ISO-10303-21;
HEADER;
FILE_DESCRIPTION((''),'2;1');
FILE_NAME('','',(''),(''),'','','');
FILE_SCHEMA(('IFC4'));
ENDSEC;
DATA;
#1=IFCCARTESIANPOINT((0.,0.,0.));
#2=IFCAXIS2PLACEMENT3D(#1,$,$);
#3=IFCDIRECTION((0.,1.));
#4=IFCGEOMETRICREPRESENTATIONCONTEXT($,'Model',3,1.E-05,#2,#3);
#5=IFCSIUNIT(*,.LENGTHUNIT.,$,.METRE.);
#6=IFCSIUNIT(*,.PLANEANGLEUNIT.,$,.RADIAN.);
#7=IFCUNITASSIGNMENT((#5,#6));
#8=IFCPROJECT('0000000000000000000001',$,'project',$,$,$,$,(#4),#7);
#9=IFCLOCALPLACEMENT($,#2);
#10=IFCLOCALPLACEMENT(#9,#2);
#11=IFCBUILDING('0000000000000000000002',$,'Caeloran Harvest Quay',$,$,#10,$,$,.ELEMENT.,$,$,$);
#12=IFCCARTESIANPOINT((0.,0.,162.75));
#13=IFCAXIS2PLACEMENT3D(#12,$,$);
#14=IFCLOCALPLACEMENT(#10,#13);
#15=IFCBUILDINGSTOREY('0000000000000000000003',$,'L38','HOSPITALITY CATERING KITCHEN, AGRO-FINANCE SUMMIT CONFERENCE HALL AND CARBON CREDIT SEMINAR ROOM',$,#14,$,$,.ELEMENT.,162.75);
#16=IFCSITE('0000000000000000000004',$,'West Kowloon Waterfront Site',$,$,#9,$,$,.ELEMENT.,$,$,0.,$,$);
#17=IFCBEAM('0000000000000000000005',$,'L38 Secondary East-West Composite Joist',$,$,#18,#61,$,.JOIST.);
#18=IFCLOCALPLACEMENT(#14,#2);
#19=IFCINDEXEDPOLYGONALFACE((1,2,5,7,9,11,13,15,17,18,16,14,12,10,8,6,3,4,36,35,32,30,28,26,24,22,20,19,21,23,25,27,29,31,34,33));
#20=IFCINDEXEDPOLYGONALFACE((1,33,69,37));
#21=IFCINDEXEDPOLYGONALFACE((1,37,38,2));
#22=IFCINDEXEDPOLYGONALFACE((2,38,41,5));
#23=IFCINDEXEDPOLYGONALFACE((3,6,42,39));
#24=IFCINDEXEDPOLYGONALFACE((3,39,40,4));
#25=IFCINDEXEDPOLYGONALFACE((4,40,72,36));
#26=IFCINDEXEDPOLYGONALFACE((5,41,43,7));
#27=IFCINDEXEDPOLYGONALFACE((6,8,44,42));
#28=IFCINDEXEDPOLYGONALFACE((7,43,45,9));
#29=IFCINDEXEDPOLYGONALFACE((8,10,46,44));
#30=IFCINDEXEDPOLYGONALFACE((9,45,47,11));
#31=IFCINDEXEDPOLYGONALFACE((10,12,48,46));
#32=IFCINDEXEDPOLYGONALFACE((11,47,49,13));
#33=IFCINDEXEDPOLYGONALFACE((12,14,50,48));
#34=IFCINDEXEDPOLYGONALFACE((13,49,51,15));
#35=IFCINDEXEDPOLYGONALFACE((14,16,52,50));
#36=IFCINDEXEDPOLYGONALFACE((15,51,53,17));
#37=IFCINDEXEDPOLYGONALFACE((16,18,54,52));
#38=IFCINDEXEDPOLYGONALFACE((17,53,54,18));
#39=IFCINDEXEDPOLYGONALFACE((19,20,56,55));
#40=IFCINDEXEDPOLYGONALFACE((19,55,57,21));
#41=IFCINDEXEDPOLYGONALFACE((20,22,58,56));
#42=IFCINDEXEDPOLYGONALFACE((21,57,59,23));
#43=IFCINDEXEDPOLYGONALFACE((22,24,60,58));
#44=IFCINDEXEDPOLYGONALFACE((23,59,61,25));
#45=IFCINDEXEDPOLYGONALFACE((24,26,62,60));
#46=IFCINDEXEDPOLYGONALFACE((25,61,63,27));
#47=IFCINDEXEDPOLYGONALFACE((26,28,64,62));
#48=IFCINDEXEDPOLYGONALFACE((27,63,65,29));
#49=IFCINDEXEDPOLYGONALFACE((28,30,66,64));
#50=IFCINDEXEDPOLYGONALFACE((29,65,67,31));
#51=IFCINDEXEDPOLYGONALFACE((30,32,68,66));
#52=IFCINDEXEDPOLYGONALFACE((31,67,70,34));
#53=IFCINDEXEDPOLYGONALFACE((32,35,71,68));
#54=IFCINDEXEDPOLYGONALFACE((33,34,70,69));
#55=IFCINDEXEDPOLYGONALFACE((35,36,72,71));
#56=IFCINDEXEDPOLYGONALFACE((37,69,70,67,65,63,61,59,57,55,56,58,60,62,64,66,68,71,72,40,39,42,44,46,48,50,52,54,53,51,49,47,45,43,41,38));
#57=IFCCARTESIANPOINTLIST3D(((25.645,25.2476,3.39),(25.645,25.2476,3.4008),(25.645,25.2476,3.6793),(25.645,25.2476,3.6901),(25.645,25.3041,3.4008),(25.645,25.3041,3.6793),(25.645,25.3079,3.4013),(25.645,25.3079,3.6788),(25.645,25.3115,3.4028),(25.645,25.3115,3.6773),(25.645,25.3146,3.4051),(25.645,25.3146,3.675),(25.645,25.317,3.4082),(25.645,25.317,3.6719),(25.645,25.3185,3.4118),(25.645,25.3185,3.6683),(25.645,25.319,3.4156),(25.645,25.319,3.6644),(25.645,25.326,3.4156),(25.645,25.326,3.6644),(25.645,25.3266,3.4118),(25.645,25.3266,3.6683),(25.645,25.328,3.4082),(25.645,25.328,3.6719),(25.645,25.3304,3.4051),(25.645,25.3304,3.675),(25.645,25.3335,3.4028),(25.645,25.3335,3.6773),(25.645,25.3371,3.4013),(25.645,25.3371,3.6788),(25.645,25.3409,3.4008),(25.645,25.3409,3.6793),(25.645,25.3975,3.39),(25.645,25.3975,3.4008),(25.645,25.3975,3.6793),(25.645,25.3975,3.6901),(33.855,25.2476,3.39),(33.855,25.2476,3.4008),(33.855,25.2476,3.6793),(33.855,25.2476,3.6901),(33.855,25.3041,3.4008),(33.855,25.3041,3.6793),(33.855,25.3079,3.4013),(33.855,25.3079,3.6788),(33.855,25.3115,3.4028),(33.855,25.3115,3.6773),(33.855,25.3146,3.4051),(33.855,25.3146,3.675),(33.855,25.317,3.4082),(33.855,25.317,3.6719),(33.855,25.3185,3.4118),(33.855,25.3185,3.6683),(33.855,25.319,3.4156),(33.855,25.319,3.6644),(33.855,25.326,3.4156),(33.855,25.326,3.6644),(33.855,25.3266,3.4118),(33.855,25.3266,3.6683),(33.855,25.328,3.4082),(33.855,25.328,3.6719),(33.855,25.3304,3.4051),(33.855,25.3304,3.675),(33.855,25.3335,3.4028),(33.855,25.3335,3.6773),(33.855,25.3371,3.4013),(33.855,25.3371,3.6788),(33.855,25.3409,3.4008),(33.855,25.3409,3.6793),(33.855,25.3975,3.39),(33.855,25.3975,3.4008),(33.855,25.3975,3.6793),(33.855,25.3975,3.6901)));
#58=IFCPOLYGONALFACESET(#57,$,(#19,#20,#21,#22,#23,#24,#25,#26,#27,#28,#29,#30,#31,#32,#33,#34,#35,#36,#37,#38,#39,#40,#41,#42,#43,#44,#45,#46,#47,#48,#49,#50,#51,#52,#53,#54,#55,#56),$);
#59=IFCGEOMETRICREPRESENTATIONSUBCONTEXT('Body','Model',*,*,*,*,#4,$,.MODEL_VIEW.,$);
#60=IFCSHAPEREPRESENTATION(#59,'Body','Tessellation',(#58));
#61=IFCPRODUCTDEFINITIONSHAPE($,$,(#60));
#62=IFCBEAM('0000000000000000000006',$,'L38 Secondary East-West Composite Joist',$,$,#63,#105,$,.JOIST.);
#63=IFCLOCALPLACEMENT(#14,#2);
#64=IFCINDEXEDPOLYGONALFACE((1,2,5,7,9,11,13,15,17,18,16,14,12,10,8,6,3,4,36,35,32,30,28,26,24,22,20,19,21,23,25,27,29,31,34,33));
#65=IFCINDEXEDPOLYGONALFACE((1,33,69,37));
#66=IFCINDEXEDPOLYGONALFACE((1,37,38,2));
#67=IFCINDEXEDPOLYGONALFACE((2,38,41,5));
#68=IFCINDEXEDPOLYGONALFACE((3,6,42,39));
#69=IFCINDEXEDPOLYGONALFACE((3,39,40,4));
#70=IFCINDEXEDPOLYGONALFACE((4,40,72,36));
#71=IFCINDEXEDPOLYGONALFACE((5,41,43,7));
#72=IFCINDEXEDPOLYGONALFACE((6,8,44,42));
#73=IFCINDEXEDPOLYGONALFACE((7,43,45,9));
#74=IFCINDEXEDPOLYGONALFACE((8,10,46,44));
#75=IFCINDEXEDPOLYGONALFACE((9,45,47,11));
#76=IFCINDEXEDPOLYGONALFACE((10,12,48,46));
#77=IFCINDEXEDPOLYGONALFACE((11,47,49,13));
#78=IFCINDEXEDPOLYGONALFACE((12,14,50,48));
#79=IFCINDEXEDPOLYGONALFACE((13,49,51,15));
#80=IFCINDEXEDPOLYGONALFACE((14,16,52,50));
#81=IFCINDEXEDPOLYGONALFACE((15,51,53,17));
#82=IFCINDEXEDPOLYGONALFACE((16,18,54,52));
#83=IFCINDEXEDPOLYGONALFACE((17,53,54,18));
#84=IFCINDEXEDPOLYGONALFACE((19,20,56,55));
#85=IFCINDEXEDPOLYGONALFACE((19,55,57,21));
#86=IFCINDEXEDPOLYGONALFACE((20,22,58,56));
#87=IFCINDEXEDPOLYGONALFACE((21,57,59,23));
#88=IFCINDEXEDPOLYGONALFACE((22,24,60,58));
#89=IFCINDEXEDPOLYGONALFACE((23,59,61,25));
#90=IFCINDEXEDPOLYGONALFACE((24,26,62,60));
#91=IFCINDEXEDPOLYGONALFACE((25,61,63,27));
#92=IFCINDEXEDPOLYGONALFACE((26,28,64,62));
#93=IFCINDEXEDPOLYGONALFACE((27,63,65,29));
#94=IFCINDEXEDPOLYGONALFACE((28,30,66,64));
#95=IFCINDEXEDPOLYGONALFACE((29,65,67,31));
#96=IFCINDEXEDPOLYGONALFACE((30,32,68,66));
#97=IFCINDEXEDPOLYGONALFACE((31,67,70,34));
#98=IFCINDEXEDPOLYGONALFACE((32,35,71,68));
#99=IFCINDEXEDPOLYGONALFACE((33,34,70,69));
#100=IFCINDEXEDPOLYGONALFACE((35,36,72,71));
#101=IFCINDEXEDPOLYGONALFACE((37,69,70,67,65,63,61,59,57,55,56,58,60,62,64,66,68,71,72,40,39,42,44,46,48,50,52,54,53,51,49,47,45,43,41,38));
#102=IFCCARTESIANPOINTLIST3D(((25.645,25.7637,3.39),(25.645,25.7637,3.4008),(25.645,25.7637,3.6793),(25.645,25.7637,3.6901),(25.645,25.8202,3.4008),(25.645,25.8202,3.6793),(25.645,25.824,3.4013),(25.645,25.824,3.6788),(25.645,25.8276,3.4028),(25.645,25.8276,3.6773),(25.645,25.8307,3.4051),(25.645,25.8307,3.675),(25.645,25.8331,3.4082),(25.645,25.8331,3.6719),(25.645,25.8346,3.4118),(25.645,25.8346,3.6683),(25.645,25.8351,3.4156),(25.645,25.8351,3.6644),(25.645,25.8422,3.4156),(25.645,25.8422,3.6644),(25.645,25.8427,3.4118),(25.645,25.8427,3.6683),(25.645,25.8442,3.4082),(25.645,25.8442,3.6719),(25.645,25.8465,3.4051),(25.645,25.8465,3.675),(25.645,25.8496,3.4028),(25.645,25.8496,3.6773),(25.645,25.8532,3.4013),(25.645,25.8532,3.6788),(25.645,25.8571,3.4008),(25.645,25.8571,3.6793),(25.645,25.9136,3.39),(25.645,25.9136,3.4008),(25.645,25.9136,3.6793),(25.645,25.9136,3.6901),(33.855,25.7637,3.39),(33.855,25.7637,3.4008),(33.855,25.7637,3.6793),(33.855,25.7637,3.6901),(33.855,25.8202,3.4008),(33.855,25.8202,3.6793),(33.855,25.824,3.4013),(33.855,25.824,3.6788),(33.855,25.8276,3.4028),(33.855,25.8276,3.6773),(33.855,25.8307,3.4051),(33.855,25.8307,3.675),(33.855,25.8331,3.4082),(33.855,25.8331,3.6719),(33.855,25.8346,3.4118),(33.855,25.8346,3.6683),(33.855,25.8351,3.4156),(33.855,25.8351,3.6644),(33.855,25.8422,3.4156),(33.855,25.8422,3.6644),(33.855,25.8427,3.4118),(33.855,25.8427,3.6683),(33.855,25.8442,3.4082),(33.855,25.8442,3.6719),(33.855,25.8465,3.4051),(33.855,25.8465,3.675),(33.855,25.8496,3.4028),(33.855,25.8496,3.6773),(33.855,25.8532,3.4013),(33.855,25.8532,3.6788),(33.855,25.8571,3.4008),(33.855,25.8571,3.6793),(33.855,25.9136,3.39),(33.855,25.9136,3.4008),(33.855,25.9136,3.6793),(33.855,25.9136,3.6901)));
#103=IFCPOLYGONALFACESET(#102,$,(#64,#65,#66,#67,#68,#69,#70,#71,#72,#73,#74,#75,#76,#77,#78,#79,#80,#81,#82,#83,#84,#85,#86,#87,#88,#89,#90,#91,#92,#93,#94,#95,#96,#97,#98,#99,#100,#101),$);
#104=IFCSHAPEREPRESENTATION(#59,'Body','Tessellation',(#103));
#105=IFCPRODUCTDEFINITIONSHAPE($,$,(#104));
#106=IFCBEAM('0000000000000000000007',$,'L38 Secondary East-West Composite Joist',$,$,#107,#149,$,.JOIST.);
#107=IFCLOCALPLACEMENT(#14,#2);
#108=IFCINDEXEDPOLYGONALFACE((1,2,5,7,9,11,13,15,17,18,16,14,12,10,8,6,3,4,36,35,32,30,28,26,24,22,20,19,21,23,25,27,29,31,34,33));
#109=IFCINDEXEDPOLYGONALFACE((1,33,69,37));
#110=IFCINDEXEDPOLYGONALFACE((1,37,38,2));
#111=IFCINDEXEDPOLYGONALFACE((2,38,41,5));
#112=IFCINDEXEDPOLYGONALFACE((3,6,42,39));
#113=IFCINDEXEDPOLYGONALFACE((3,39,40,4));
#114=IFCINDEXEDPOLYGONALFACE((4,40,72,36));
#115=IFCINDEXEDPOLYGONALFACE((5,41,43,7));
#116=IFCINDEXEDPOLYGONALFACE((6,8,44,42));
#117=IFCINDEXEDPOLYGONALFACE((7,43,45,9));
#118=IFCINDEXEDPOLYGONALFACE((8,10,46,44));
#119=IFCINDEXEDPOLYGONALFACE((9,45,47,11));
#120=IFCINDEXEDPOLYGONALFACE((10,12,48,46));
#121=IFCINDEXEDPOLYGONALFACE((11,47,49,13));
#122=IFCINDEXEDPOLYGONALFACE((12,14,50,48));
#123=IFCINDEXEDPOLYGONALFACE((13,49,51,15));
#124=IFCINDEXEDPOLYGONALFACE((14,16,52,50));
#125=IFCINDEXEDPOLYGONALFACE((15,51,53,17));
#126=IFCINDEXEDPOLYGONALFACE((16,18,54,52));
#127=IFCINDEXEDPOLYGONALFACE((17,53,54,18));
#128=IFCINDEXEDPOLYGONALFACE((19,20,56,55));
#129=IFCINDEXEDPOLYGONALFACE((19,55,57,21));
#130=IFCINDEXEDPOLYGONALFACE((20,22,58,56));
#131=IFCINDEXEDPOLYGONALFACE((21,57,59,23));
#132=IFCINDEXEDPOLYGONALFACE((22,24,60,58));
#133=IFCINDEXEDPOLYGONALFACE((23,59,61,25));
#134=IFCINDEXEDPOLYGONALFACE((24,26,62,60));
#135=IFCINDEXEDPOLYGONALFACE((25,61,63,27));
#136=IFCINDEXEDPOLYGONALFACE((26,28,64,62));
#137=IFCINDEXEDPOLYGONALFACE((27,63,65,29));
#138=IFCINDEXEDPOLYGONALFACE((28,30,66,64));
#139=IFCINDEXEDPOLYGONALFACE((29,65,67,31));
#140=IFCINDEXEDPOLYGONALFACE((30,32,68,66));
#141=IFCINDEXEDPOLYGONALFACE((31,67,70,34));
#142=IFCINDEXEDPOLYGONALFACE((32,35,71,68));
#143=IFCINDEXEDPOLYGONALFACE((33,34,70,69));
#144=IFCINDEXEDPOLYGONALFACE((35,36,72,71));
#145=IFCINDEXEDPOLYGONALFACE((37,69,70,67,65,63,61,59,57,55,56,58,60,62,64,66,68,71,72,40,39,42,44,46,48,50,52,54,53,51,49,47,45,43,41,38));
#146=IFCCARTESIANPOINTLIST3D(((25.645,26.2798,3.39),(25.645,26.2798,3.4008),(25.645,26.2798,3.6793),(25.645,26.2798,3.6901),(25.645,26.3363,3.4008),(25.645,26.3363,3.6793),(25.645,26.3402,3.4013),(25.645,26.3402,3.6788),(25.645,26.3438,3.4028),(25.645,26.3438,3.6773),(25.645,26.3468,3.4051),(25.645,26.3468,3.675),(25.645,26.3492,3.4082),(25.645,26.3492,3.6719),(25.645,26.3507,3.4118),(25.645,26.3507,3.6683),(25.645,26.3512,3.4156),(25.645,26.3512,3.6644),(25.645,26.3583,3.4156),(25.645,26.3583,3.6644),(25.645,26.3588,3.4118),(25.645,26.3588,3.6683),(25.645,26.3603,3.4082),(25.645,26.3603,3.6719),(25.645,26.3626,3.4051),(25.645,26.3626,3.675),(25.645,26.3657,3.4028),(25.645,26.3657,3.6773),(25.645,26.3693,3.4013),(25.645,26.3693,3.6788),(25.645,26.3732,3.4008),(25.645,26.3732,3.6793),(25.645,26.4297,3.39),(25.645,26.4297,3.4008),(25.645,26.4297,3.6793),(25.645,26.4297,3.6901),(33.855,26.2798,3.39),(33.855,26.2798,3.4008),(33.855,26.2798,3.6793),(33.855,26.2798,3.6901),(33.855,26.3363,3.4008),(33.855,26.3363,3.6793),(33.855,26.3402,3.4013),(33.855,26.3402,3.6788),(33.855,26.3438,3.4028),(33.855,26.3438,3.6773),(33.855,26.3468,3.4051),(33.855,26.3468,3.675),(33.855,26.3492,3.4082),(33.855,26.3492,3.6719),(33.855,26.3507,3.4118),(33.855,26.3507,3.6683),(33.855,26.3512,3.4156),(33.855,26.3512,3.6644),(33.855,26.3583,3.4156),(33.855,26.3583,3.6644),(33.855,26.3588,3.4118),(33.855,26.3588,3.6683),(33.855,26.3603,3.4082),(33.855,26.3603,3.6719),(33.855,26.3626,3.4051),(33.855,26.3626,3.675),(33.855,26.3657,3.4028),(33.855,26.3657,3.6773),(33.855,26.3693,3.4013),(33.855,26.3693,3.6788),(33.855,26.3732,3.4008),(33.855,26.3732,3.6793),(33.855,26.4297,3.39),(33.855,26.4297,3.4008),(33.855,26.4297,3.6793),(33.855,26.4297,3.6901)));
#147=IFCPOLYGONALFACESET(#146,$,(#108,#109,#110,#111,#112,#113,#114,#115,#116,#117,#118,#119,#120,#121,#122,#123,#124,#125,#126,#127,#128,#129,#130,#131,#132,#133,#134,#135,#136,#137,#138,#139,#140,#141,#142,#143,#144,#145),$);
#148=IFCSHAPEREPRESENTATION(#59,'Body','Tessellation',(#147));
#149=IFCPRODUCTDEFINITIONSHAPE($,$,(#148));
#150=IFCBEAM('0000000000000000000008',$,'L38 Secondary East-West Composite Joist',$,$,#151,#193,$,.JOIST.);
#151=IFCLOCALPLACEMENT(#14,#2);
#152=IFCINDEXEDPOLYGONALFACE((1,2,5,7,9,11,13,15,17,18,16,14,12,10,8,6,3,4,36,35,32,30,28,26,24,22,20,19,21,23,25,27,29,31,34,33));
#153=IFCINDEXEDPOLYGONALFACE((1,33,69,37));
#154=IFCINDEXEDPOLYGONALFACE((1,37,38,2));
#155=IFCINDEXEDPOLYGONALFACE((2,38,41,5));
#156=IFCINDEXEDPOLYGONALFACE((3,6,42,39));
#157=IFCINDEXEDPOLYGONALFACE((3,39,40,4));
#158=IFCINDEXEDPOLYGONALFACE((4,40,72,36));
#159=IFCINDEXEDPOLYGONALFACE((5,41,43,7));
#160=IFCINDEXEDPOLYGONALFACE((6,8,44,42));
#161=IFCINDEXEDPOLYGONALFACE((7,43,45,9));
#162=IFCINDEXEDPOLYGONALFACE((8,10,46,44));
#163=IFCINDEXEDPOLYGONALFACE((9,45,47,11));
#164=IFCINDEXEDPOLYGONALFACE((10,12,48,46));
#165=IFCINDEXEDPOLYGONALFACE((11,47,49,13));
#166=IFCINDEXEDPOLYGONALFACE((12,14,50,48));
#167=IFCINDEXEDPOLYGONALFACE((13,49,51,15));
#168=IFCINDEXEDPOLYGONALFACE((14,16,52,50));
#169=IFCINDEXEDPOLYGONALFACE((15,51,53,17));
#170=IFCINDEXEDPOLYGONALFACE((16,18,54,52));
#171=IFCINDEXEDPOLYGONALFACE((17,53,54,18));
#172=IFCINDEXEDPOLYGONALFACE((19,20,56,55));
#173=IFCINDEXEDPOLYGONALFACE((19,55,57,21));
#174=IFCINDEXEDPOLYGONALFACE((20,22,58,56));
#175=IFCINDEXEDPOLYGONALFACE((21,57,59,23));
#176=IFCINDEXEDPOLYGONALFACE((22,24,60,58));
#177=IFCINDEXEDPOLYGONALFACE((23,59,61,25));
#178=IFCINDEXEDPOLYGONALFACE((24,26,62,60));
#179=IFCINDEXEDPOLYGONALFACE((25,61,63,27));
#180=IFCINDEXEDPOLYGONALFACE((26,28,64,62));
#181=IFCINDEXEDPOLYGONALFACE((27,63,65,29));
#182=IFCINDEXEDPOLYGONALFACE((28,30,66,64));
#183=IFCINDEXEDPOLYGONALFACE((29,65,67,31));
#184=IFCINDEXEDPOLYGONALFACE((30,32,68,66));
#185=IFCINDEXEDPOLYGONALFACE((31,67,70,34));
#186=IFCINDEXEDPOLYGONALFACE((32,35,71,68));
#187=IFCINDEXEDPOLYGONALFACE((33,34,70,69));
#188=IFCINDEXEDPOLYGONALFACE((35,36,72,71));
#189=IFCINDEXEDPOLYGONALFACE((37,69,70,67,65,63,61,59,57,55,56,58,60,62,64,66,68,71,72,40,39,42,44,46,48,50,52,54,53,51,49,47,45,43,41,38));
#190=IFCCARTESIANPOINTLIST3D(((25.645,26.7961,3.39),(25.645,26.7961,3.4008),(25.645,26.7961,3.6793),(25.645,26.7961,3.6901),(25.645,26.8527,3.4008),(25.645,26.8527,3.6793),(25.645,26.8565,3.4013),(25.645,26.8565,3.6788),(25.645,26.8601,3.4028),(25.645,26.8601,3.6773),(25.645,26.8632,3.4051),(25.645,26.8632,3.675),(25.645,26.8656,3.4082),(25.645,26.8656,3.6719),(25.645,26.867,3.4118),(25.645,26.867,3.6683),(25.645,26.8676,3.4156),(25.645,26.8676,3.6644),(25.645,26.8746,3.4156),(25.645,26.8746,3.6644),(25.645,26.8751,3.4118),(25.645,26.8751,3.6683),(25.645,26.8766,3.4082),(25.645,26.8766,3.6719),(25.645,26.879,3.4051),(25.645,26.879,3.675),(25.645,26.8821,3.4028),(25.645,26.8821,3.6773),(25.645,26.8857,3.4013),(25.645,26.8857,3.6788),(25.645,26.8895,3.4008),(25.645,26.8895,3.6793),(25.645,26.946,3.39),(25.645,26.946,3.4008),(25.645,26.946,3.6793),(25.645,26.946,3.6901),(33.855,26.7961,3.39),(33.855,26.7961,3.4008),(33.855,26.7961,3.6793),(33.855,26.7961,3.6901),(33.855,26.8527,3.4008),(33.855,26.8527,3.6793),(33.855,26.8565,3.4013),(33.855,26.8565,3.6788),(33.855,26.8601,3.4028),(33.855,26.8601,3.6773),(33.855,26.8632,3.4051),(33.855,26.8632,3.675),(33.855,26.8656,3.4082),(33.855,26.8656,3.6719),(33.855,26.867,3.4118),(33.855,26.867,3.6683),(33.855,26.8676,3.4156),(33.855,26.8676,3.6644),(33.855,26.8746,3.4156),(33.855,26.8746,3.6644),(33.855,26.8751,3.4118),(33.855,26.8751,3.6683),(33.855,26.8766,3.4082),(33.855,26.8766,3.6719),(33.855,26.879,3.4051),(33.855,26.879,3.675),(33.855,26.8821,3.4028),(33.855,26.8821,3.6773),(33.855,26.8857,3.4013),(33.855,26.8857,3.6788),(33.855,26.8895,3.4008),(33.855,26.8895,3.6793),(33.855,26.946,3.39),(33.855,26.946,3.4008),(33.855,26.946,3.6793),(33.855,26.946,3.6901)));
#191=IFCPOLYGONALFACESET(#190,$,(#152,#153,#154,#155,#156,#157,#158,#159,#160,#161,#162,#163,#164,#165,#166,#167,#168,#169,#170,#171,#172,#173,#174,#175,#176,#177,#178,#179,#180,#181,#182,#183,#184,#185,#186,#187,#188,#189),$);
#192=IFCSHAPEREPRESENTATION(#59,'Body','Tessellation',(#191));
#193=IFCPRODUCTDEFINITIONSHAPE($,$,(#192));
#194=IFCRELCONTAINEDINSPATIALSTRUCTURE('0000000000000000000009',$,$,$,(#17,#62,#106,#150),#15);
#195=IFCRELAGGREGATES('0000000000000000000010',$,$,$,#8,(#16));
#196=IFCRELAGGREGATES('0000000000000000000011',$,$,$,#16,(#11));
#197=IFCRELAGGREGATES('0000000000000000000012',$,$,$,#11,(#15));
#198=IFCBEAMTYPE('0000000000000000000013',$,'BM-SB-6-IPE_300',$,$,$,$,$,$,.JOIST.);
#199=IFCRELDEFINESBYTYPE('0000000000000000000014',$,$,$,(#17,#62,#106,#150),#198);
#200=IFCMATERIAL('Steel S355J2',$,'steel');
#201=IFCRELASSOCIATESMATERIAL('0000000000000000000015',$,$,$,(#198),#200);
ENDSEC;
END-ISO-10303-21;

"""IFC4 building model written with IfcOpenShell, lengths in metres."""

from ifc_helpers import new_model, si_unit, direction, frame, origin, origin_2d, place, context, subcontext, project, spatial, i_section, extrude, material, material_profile, profile_set, type_object, element, save


model = new_model("IFC4")

# Units and contexts
model_context = context("Model", 3, precision=1e-05, world=origin(), true_north=direction((0.0, 1.0)))
body_context = subcontext(model_context, "Body", "Model", "MODEL_VIEW")
ifc_project = project(units=[si_unit("LENGTHUNIT", "METRE"), si_unit("PLANEANGLEUNIT", "RADIAN")], contexts=[model_context])

# Site, building, storey
site_placement = place(None, origin())
site = spatial("IfcSite", under=ifc_project, at=site_placement, Name="West Kowloon Waterfront Site", CompositionType="ELEMENT", RefElevation=0.0)
building_placement = place(site_placement, origin())
building = spatial("IfcBuilding", under=site, at=building_placement, Name="Caeloran Harvest Quay", CompositionType="ELEMENT")
storey_placement = place(building_placement, frame((0.0, 0.0, 162.75)))
storey = spatial("IfcBuildingStorey", under=building, at=storey_placement, Name="L38", Description="HOSPITALITY CATERING KITCHEN, AGRO-FINANCE SUMMIT CONFERENCE HALL AND CARBON CREDIT SEMINAR ROOM", CompositionType="ELEMENT", Elevation=162.75)

# Beams
ifc_material_1 = material(Name="Steel S355J2", Category="steel")
ifc_material_profile_1 = material_profile(ifc_material_1, i_section(OverallWidth=0.1499, OverallDepth=0.3, WebThickness=0.0071, FlangeThickness=0.0107, FilletRadius=0.0149, at=origin_2d()), Name="IPE 300")
ifc_profile_set_1 = profile_set([ifc_material_profile_1], Name="Steel S355J2")
beam_type_1 = type_object("IfcBeamType", Name="BM-SB-6-IPE_300", PredefinedType="JOIST", material=ifc_profile_set_1)
for number, where, z_axis, x_axis, name in (
    (1, (25.645, 25.3225, 3.54), (1.0, 0.0, 0.0), (0.0, 1.0, 0.0), "L38 Secondary East-West Composite Joist"),
    (2, (25.645, 25.8386, 3.54), (1.0, 0.0, 0.0), (0.0, 1.0, 0.0), "L38 Secondary East-West Composite Joist"),
    (3, (25.645, 26.3547, 3.54), (1.0, 0.0, 0.0), (0.0, 1.0, 0.0), "L38 Secondary East-West Composite Joist"),
    (4, (25.645, 26.8711, 3.54), (1.0, 0.0, 0.0), (0.0, 1.0, 0.0), "L38 Secondary East-West Composite Joist"),
):
    element("IfcBeam", number, at=place(storey_placement, frame(where, z_axis=z_axis, x_axis=x_axis)), inside=storey, type_object=beam_type_1, Name=name, PredefinedType="JOIST", context=body_context, shape_type="SweptSolid", body=[
        extrude(i_section(OverallWidth=0.1499, OverallDepth=0.3, WebThickness=0.0071, FlangeThickness=0.0107, FilletRadius=0.0149, at=origin_2d()), origin(), (0.0, 0.0, 1.0), 8.21),
    ])

save(model, "model.ifc")
